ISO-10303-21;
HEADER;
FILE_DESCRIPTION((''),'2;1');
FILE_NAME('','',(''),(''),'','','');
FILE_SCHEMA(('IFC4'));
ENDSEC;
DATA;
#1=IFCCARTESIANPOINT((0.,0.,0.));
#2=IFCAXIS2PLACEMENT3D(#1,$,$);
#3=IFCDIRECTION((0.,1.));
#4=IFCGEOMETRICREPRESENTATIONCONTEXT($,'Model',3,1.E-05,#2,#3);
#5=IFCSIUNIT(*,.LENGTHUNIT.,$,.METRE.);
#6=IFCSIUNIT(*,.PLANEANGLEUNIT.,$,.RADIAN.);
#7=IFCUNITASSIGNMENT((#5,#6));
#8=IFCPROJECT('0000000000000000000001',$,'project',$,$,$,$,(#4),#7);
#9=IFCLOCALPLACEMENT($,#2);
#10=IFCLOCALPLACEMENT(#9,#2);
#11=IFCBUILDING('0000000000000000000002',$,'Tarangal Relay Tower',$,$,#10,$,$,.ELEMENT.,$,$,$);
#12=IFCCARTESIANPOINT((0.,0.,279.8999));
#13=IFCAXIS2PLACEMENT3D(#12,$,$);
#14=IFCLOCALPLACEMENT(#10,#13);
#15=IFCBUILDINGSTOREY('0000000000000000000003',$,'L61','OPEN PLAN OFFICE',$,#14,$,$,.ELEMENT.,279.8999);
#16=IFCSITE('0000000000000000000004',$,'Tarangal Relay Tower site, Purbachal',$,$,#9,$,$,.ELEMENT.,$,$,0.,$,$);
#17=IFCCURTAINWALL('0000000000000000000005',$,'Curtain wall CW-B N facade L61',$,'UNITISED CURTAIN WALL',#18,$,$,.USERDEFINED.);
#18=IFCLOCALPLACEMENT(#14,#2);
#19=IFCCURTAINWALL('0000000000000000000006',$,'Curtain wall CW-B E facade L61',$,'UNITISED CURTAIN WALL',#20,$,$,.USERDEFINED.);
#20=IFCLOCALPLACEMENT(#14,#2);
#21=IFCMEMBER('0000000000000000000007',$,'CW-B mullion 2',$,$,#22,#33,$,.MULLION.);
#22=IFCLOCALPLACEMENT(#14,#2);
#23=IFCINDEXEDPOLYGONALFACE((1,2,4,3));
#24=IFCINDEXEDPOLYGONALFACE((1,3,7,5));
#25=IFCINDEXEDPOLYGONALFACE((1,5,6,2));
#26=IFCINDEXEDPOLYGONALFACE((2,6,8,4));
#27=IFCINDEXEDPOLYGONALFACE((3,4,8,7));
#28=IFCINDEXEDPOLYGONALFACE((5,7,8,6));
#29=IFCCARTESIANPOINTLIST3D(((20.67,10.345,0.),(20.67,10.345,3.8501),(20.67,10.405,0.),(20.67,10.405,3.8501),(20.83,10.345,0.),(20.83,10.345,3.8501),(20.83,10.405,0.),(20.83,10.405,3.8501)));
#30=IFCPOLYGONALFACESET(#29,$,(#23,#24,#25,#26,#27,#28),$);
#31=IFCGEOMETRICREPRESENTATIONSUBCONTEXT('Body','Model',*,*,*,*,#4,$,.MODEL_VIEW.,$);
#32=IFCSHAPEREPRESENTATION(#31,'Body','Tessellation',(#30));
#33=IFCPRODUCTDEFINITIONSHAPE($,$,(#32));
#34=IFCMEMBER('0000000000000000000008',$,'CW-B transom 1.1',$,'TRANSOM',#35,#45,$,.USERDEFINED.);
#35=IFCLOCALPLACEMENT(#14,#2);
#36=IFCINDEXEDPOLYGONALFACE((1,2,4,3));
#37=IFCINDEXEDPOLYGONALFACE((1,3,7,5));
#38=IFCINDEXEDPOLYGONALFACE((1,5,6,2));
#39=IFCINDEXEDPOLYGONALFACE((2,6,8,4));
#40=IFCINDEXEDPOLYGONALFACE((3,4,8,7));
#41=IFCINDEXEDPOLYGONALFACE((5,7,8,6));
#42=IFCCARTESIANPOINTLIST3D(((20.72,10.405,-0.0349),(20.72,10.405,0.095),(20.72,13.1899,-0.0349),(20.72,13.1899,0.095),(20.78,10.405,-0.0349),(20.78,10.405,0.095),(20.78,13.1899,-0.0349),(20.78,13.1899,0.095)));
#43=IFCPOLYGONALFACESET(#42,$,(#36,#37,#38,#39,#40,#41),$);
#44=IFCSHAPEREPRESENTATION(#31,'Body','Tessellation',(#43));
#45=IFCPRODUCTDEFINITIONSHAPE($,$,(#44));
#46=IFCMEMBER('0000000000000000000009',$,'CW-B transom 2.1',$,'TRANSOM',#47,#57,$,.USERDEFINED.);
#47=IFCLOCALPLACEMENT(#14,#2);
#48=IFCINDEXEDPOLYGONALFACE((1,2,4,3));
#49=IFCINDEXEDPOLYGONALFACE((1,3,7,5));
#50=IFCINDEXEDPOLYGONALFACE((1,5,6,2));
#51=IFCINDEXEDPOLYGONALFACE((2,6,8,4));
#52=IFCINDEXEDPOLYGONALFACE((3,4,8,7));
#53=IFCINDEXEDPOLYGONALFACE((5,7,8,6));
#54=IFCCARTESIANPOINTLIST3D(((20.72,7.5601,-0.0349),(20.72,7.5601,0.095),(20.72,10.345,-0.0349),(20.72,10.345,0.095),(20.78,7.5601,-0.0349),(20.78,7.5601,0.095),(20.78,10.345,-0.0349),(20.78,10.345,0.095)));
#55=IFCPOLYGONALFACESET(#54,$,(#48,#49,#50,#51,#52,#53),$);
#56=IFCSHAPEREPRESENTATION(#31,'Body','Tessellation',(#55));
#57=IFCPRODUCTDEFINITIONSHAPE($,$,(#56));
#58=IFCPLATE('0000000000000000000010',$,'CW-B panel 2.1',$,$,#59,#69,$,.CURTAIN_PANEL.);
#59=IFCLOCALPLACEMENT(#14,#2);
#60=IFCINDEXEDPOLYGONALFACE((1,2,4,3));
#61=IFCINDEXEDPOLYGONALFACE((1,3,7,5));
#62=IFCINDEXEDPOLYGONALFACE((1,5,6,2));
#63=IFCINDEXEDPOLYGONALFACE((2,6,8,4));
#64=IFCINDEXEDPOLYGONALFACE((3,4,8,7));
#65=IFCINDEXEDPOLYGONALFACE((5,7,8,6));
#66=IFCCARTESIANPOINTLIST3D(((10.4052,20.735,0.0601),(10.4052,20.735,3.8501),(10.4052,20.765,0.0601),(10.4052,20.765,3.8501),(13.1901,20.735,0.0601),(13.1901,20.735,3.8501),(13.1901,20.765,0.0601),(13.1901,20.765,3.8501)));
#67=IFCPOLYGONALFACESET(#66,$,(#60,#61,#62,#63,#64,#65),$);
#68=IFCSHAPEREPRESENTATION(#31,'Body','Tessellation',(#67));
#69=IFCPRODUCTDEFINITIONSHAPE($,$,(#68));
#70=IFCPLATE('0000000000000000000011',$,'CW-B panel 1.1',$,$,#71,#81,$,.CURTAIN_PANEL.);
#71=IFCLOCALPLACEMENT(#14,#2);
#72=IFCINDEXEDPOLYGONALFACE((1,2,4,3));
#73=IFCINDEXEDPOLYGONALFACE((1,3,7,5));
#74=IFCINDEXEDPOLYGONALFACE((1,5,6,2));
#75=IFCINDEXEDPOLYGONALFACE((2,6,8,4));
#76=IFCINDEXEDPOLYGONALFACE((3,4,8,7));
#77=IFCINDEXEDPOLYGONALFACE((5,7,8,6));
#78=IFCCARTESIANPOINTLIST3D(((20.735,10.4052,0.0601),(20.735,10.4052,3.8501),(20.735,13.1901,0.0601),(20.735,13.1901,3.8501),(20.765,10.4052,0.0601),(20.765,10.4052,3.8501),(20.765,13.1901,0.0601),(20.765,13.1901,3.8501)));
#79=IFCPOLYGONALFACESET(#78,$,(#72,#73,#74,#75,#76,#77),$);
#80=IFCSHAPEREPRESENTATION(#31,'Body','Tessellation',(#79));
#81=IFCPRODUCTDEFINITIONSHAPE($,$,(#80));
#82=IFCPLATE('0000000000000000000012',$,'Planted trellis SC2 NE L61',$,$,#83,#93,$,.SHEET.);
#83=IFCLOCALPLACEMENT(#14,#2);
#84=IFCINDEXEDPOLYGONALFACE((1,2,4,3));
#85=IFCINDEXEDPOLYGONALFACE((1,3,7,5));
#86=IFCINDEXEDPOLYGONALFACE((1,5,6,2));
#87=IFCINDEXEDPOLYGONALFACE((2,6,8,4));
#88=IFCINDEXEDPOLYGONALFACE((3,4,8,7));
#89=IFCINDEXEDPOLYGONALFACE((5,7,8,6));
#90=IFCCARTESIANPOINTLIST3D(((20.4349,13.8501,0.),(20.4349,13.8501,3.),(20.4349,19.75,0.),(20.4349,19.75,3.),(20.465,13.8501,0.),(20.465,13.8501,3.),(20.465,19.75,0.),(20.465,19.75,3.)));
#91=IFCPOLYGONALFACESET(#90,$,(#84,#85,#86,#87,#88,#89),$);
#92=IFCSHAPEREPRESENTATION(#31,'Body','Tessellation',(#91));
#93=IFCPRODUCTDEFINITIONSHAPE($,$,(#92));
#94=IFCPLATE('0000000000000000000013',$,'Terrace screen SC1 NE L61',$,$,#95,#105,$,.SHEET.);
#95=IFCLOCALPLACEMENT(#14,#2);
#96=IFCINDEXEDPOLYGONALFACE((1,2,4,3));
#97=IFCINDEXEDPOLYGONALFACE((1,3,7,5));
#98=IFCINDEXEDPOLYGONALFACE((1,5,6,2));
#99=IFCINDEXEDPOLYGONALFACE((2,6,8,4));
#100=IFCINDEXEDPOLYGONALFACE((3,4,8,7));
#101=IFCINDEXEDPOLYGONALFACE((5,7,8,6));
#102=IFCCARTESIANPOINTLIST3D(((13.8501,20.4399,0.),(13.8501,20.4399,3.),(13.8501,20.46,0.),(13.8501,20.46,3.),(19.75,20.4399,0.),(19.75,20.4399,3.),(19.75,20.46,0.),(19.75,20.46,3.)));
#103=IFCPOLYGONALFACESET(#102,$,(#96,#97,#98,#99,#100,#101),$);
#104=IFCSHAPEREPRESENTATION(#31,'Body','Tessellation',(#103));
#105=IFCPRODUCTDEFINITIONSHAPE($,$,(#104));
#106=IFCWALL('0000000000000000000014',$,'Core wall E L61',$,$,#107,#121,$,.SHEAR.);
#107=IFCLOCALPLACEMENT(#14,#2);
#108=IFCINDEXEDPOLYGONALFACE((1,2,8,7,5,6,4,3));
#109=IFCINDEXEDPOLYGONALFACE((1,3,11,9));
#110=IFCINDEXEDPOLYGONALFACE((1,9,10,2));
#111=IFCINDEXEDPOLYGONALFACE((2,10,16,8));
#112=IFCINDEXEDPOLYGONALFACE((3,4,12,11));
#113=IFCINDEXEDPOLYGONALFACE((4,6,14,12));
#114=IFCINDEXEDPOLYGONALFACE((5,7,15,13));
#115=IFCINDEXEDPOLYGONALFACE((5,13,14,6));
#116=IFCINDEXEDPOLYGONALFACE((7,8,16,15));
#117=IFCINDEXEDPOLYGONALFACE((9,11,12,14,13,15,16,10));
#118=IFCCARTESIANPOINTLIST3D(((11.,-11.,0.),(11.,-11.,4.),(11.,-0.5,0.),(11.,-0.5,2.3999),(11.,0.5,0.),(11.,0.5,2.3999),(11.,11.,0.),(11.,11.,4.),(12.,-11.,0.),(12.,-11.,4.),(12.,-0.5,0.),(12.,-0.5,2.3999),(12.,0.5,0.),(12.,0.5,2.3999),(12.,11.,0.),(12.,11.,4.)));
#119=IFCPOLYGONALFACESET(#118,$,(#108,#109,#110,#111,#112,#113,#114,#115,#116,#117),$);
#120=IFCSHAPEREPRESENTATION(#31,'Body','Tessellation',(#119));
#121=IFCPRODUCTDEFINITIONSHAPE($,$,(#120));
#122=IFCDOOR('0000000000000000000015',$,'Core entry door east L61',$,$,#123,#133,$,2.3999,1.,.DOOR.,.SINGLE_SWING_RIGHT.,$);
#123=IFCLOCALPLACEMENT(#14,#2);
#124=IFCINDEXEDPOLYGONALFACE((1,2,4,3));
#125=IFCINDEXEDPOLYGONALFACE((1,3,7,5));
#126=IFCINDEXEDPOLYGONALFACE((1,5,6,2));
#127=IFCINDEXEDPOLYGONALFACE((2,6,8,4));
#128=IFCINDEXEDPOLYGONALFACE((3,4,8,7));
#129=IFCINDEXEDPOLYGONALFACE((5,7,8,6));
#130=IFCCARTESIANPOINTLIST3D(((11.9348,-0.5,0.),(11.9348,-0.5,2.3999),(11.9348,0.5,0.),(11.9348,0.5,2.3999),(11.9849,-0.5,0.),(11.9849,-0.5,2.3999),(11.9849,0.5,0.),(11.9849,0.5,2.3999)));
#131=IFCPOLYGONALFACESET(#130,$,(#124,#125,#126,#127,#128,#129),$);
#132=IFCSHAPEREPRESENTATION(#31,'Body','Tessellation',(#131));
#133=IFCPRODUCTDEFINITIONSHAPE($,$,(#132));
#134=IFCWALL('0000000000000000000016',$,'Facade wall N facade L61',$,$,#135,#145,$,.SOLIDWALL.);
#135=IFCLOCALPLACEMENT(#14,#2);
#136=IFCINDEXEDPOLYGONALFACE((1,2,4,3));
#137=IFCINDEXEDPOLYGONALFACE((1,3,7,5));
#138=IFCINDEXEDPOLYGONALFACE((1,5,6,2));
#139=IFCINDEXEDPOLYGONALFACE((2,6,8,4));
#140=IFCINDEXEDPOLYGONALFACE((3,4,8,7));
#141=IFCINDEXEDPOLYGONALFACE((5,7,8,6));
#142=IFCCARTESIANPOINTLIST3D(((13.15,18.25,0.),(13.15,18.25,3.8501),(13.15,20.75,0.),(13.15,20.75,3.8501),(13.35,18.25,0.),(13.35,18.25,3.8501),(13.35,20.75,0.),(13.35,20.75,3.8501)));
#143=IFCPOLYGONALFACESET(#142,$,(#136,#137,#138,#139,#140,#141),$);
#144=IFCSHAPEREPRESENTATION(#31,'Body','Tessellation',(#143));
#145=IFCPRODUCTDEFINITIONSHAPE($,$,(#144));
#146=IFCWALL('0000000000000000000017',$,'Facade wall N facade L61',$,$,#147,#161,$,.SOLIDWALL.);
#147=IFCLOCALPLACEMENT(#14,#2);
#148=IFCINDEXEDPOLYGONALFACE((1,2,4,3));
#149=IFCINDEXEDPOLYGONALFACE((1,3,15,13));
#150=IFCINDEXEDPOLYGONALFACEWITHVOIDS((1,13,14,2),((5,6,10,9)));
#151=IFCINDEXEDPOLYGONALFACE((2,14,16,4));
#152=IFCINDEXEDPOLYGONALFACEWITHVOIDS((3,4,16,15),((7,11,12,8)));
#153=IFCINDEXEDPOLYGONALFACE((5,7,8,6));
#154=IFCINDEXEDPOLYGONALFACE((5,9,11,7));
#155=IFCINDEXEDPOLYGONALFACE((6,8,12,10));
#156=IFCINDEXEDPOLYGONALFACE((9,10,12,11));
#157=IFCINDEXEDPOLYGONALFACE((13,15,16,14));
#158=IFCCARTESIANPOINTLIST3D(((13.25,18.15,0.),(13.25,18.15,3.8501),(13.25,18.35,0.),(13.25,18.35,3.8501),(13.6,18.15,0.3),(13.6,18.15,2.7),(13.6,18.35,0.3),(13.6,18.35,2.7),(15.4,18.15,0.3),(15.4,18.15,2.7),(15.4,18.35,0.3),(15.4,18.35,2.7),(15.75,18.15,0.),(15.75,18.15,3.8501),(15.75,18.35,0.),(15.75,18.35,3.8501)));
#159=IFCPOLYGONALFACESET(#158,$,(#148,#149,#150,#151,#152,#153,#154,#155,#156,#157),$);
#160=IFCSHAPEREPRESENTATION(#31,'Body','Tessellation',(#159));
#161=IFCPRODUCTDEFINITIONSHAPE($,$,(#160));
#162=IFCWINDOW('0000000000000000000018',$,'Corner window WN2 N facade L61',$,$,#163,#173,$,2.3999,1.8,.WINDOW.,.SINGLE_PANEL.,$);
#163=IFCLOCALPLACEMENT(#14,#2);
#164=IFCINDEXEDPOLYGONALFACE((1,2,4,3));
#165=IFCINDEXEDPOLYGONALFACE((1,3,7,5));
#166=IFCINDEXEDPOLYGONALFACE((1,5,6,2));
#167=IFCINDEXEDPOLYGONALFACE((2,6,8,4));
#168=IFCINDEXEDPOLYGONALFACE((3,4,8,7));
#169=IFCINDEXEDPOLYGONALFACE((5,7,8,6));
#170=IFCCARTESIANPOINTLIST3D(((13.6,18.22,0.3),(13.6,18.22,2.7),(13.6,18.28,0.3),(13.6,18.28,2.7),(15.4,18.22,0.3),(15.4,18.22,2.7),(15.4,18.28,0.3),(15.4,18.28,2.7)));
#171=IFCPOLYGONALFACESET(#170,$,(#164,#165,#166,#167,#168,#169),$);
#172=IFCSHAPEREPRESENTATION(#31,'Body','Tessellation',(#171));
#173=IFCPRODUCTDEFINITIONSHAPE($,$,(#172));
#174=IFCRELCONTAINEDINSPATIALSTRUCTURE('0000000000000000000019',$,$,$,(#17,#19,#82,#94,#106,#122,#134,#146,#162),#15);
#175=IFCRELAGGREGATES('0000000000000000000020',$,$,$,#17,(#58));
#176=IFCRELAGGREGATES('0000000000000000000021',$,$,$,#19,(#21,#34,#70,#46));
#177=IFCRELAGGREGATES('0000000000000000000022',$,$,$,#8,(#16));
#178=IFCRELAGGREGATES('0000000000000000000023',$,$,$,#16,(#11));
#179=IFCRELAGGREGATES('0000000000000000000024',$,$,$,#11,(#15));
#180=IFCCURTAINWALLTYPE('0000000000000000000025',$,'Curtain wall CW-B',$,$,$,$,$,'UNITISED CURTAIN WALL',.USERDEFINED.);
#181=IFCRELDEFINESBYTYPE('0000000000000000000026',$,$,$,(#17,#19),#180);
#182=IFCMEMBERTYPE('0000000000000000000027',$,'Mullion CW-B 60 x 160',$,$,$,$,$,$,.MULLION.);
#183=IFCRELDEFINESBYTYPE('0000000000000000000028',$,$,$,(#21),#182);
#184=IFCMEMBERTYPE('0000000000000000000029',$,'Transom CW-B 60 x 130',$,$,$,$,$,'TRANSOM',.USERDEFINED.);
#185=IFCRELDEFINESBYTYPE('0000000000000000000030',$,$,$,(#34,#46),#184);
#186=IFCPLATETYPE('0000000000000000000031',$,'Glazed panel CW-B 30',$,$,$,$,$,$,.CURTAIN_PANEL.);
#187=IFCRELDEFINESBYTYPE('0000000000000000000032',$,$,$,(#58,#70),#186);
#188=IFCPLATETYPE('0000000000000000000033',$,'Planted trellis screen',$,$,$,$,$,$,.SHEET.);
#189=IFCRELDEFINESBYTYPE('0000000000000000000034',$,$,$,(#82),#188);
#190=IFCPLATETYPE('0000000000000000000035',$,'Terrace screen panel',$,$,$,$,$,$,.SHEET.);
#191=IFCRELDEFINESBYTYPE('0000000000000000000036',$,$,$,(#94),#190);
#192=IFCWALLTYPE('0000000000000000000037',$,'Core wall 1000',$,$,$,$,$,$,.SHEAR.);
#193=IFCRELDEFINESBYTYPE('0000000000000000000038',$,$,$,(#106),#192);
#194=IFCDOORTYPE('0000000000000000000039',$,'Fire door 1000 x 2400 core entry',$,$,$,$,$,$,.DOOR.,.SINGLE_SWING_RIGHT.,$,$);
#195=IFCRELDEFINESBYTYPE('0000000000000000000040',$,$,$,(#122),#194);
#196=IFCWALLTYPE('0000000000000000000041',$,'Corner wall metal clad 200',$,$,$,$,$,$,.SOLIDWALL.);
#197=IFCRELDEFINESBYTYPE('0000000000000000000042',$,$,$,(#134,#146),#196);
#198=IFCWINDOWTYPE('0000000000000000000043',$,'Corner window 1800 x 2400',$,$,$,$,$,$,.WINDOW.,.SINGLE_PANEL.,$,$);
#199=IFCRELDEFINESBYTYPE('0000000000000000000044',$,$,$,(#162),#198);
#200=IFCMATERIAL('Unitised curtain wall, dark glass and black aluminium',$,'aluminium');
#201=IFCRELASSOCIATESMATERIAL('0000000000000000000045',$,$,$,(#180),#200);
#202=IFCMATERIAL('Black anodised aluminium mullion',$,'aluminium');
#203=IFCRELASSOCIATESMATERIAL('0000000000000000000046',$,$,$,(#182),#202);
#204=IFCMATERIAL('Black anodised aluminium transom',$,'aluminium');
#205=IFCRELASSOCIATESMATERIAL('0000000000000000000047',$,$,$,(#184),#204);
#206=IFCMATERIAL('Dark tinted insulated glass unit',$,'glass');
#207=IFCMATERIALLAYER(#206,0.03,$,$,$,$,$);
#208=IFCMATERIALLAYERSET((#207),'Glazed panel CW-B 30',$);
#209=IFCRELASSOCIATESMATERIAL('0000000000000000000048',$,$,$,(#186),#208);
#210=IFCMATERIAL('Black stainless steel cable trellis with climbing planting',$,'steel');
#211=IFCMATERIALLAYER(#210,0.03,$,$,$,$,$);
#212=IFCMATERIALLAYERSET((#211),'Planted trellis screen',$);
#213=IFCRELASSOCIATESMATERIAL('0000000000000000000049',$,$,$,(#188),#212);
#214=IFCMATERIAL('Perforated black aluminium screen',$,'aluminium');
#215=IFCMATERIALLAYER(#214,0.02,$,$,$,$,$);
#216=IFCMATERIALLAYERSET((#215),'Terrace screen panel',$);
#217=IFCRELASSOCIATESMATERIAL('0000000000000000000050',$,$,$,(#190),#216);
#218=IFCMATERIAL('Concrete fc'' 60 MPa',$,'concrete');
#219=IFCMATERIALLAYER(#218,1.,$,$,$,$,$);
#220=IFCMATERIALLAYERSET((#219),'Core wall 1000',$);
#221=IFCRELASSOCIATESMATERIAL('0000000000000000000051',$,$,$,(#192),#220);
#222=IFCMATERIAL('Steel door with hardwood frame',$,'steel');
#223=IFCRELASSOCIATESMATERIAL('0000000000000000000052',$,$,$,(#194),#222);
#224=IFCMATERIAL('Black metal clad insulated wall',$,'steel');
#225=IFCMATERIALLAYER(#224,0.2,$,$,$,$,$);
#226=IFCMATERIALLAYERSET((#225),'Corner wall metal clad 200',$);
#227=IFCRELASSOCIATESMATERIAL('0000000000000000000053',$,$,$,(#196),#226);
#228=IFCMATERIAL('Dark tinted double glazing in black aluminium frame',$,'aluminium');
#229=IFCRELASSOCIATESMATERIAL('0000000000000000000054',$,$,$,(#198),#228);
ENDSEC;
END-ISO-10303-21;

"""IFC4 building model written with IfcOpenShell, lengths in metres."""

from ifc_helpers import new_model, si_unit, direction, frame, frame_2d, origin, origin_2d, place, context, subcontext, project, spatial, rectangle, extrude, material, layer, layer_set, material_profile, profile_set, type_object, element, fill, aggregate, save


model = new_model("IFC4")

# Units and contexts
model_context = context("Model", 3, precision=1e-05, world=origin(), true_north=direction((0.0, 1.0)))
body_context = subcontext(model_context, "Body", "Model", "MODEL_VIEW")
ifc_project = project(units=[si_unit("LENGTHUNIT", "METRE"), si_unit("PLANEANGLEUNIT", "RADIAN")], contexts=[model_context])

# Site, building, storey
site_placement = place(None, origin())
site = spatial("IfcSite", under=ifc_project, at=site_placement, Name="Tarangal Relay Tower site, Purbachal", CompositionType="ELEMENT", RefElevation=0.0)
building_placement = place(site_placement, origin())
building = spatial("IfcBuilding", under=site, at=building_placement, Name="Tarangal Relay Tower", CompositionType="ELEMENT")
storey_placement = place(building_placement, frame((0.0, 0.0, 279.8999)))
storey = spatial("IfcBuildingStorey", under=building, at=storey_placement, Name="L61", Description="OPEN PLAN OFFICE", CompositionType="ELEMENT", Elevation=279.8999)

# Curtain wall
ifc_material_1 = material(Name="Unitised curtain wall, dark glass and black aluminium", Category="aluminium")
curtain_wall_type = type_object("IfcCurtainWallType", Name="Curtain wall CW-B", ElementType="UNITISED CURTAIN WALL", PredefinedType="USERDEFINED", material=ifc_material_1)
curtain_wall_1_placement = place(storey_placement, origin())
curtain_wall_1 = element("IfcCurtainWall", 1, at=curtain_wall_1_placement, inside=storey, type_object=curtain_wall_type, Name="Curtain wall CW-B N facade L61", ObjectType="UNITISED CURTAIN WALL", PredefinedType="USERDEFINED")
ifc_material_2 = material(Name="Black anodised aluminium mullion", Category="aluminium")
ifc_material_profile_1 = material_profile(ifc_material_2, rectangle(XDim=0.1599, YDim=0.0601, at=origin_2d()), Name="CW-BM 60X160")
ifc_profile_set_1 = profile_set([ifc_material_profile_1], Name="Black anodised aluminium mullion")
member_type_1 = type_object("IfcMemberType", Name="Mullion CW-B 60 x 160", PredefinedType="MULLION", material=ifc_profile_set_1)

# Curtain wall, members
curtain_wall_2_placement = place(storey_placement, origin())
curtain_wall_2 = element("IfcCurtainWall", 2, at=curtain_wall_2_placement, inside=storey, type_object=curtain_wall_type, Name="Curtain wall CW-B E facade L61", ObjectType="UNITISED CURTAIN WALL", PredefinedType="USERDEFINED")
member_1_placement = place(storey_placement, frame((20.75, 10.375, 0.0), z_axis=(0.0, 0.0, 1.0), x_axis=(1.0, 0.0, 0.0)))
member_1 = element("IfcMember", 3, at=member_1_placement, type_object=member_type_1, Name="CW-B mullion 2", PredefinedType="MULLION", context=body_context, shape_type="SweptSolid", body=[
    extrude(rectangle(XDim=0.1599, YDim=0.0601, at=origin_2d()), origin(), (0.0, 0.0, 1.0), 3.8501),
])
ifc_material_3 = material(Name="Black anodised aluminium transom", Category="aluminium")
ifc_material_profile_2 = material_profile(ifc_material_3, rectangle(XDim=0.0601, YDim=0.1299, at=origin_2d()), Name="CW-BT 60X130")
ifc_profile_set_2 = profile_set([ifc_material_profile_2], Name="Black anodised aluminium transom")
member_type_2 = type_object("IfcMemberType", Name="Transom CW-B 60 x 130", ElementType="TRANSOM", PredefinedType="USERDEFINED", material=ifc_profile_set_2)
member_2_placement = place(storey_placement, frame((20.75, 13.1899, 0.03), z_axis=(0.0, -1.0, 0.0), x_axis=(1.0, 0.0, 0.0)))
member_2 = element("IfcMember", 4, at=member_2_placement, type_object=member_type_2, Name="CW-B transom 1.1", ObjectType="TRANSOM", PredefinedType="USERDEFINED", context=body_context, shape_type="SweptSolid", body=[
    extrude(rectangle(XDim=0.0601, YDim=0.1299, at=origin_2d()), origin(), (0.0, 0.0, 1.0), 2.7849),
])
member_3_placement = place(storey_placement, frame((20.75, 10.345, 0.03), z_axis=(0.0, -1.0, 0.0), x_axis=(1.0, 0.0, 0.0)))
member_3 = element("IfcMember", 5, at=member_3_placement, type_object=member_type_2, Name="CW-B transom 2.1", ObjectType="TRANSOM", PredefinedType="USERDEFINED", context=body_context, shape_type="SweptSolid", body=[
    extrude(rectangle(XDim=0.0601, YDim=0.1299, at=origin_2d()), origin(), (0.0, 0.0, 1.0), 2.7849),
])

# Plates
ifc_material_4 = material(Name="Dark tinted insulated glass unit", Category="glass")
ifc_layer_1 = layer(ifc_material_4, 0.03)
ifc_layer_set_1 = layer_set([ifc_layer_1], Name="Glazed panel CW-B 30")
plate_type_1 = type_object("IfcPlateType", Name="Glazed panel CW-B 30", PredefinedType="CURTAIN_PANEL", material=ifc_layer_set_1)
plate_1_placement = place(storey_placement, frame((11.7976, 20.75, 0.0601), z_axis=(0.0, 0.0, 1.0), x_axis=(1.0, 0.0, 0.0)))
plate_1 = element("IfcPlate", 6, at=plate_1_placement, type_object=plate_type_1, Name="CW-B panel 2.1", PredefinedType="CURTAIN_PANEL", context=body_context, shape_type="SweptSolid", body=[
    extrude(rectangle(XDim=2.7849, YDim=0.03, at=origin_2d()), origin(), (0.0, 0.0, 1.0), 3.79),
])
aggregate(curtain_wall_1, [plate_1])
plate_2_placement = place(storey_placement, frame((20.75, 11.7976, 0.0601), z_axis=(0.0, 0.0, 1.0), x_axis=(0.0, -1.0, 0.0)))
plate_2 = element("IfcPlate", 7, at=plate_2_placement, type_object=plate_type_1, Name="CW-B panel 1.1", PredefinedType="CURTAIN_PANEL", context=body_context, shape_type="SweptSolid", body=[
    extrude(rectangle(XDim=2.7849, YDim=0.03, at=origin_2d()), origin(), (0.0, 0.0, 1.0), 3.79),
])
aggregate(curtain_wall_2, [member_1, member_2, plate_2, member_3])

# Plates
ifc_material_5 = material(Name="Black stainless steel cable trellis with climbing planting", Category="steel")
ifc_layer_2 = layer(ifc_material_5, 0.03)
ifc_layer_set_2 = layer_set([ifc_layer_2], Name="Planted trellis screen")
plate_type_2 = type_object("IfcPlateType", Name="Planted trellis screen", PredefinedType="SHEET", material=ifc_layer_set_2)
plate_3_placement = place(storey_placement, frame((20.45, 16.8, 0.0), z_axis=(0.0, 0.0, 1.0), x_axis=(0.0, -1.0, 0.0)))
element("IfcPlate", 8, at=plate_3_placement, inside=storey, type_object=plate_type_2, Name="Planted trellis SC2 NE L61", PredefinedType="SHEET", context=body_context, shape_type="SweptSolid", body=[
    extrude(rectangle(XDim=5.8999, YDim=0.03, at=origin_2d()), origin(), (0.0, 0.0, 1.0), 3.0),
])
ifc_material_6 = material(Name="Perforated black aluminium screen", Category="aluminium")
ifc_layer_3 = layer(ifc_material_6, 0.02)
ifc_layer_set_3 = layer_set([ifc_layer_3], Name="Terrace screen panel")
plate_type_3 = type_object("IfcPlateType", Name="Terrace screen panel", PredefinedType="SHEET", material=ifc_layer_set_3)
plate_4_placement = place(storey_placement, frame((16.8, 20.45, 0.0), z_axis=(0.0, 0.0, 1.0), x_axis=(1.0, 0.0, 0.0)))
element("IfcPlate", 9, at=plate_4_placement, inside=storey, type_object=plate_type_3, Name="Terrace screen SC1 NE L61", PredefinedType="SHEET", context=body_context, shape_type="SweptSolid", body=[
    extrude(rectangle(XDim=5.8999, YDim=0.02, at=origin_2d()), origin(), (0.0, 0.0, 1.0), 3.0),
])

# Wall, opening, door
ifc_material_7 = material(Name="Concrete fc' 60 MPa", Category="concrete")
ifc_layer_4 = layer(ifc_material_7, 1.0)
ifc_layer_set_4 = layer_set([ifc_layer_4], Name="Core wall 1000")
wall_type_1 = type_object("IfcWallType", Name="Core wall 1000", PredefinedType="SHEAR", material=ifc_layer_set_4)
wall_1_placement = place(storey_placement, frame((11.5, 11.0, 0.0), z_axis=(0.0, 0.0, 1.0), x_axis=(0.0, -1.0, 0.0)))
wall_1 = element("IfcWall", 10, at=wall_1_placement, inside=storey, type_object=wall_type_1, Name="Core wall E L61", PredefinedType="SHEAR", context=body_context, shape_type="SweptSolid", body=[
    extrude(rectangle(XDim=22.0, YDim=1.0, at=frame_2d((11.0, 0.0))), origin(), (0.0, 0.0, 1.0), 4.0),
])
opening_1_placement = place(wall_1_placement, frame((10.5, 0.0, 0.0)))
opening_1 = element("IfcOpeningElement", 11, at=opening_1_placement, cuts=wall_1, PredefinedType="OPENING", context=body_context, shape_type="SweptSolid", body=[
    extrude(rectangle(XDim=1.0, YDim=2.3999, at=frame_2d((0.5, 1.2))), frame((0.0, 0.51, 0.0), z_axis=(0.0, -1.0, 0.0), x_axis=(1.0, 0.0, 0.0)), (0.0, 0.0, 1.0), 1.02),
])
ifc_material_8 = material(Name="Steel door with hardwood frame", Category="steel")
door_type_1 = type_object("IfcDoorType", Name="Fire door 1000 x 2400 core entry", OperationType="SINGLE_SWING_RIGHT", PredefinedType="DOOR", material=ifc_material_8)
door_1_placement = place(opening_1_placement, origin())
door_1 = element("IfcDoor", 12, at=door_1_placement, inside=storey, type_object=door_type_1, Name="Core entry door east L61", OperationType="SINGLE_SWING_RIGHT", OverallHeight=2.3999, OverallWidth=1.0, PredefinedType="DOOR", context=body_context, shape_type="SweptSolid", body=[
    extrude(rectangle(XDim=1.0, YDim=2.3999, at=frame_2d((0.5, 1.2))), frame((0.0, 0.4849, 0.0), z_axis=(0.0, -1.0, 0.0), x_axis=(1.0, 0.0, 0.0)), (0.0, 0.0, 1.0), 0.05),
])
fill(opening_1, door_1)

# Wall
ifc_material_9 = material(Name="Black metal clad insulated wall", Category="steel")
ifc_layer_5 = layer(ifc_material_9, 0.2)
ifc_layer_set_5 = layer_set([ifc_layer_5], Name="Corner wall metal clad 200")
wall_type_2 = type_object("IfcWallType", Name="Corner wall metal clad 200", PredefinedType="SOLIDWALL", material=ifc_layer_set_5)
wall_2_placement = place(storey_placement, frame((13.25, 20.75, 0.0), z_axis=(0.0, 0.0, 1.0), x_axis=(0.0, -1.0, 0.0)))
element("IfcWall", 13, at=wall_2_placement, inside=storey, type_object=wall_type_2, Name="Facade wall N facade L61", PredefinedType="SOLIDWALL", context=body_context, shape_type="SweptSolid", body=[
    extrude(rectangle(XDim=2.5, YDim=0.2, at=frame_2d((1.25, 0.0))), origin(), (0.0, 0.0, 1.0), 3.8501),
])

# Wall, opening, window
wall_3_placement = place(storey_placement, frame((13.25, 18.25, 0.0), z_axis=(0.0, 0.0, 1.0), x_axis=(1.0, 0.0, 0.0)))
wall_3 = element("IfcWall", 14, at=wall_3_placement, inside=storey, type_object=wall_type_2, Name="Facade wall N facade L61", PredefinedType="SOLIDWALL", context=body_context, shape_type="SweptSolid", body=[
    extrude(rectangle(XDim=2.5, YDim=0.2, at=frame_2d((1.25, 0.0))), origin(), (0.0, 0.0, 1.0), 3.8501),
])
opening_2_placement = place(wall_3_placement, frame((0.3501, 0.0, 0.3)))
opening_2 = element("IfcOpeningElement", 15, at=opening_2_placement, cuts=wall_3, PredefinedType="OPENING", context=body_context, shape_type="SweptSolid", body=[
    extrude(rectangle(XDim=1.8, YDim=2.3999, at=frame_2d((0.8999, 1.2))), frame((0.0, 0.1099, 0.0), z_axis=(0.0, -1.0, 0.0), x_axis=(1.0, 0.0, 0.0)), (0.0, 0.0, 1.0), 0.22),
])
ifc_material_10 = material(Name="Dark tinted double glazing in black aluminium frame", Category="aluminium")
window_type = type_object("IfcWindowType", Name="Corner window 1800 x 2400", PartitioningType="SINGLE_PANEL", PredefinedType="WINDOW", material=ifc_material_10)
window_1_placement = place(opening_2_placement, origin())
window_1 = element("IfcWindow", 16, at=window_1_placement, inside=storey, type_object=window_type, Name="Corner window WN2 N facade L61", OverallHeight=2.3999, OverallWidth=1.8, PartitioningType="SINGLE_PANEL", PredefinedType="WINDOW", context=body_context, shape_type="SweptSolid", body=[
    extrude(rectangle(XDim=1.8, YDim=2.3999, at=frame_2d((0.8999, 1.2))), frame((0.0, 0.03, 0.0), z_axis=(0.0, -1.0, 0.0), x_axis=(1.0, 0.0, 0.0)), (0.0, 0.0, 1.0), 0.0601),
])
fill(opening_2, window_1)

save(model, "model.ifc")
